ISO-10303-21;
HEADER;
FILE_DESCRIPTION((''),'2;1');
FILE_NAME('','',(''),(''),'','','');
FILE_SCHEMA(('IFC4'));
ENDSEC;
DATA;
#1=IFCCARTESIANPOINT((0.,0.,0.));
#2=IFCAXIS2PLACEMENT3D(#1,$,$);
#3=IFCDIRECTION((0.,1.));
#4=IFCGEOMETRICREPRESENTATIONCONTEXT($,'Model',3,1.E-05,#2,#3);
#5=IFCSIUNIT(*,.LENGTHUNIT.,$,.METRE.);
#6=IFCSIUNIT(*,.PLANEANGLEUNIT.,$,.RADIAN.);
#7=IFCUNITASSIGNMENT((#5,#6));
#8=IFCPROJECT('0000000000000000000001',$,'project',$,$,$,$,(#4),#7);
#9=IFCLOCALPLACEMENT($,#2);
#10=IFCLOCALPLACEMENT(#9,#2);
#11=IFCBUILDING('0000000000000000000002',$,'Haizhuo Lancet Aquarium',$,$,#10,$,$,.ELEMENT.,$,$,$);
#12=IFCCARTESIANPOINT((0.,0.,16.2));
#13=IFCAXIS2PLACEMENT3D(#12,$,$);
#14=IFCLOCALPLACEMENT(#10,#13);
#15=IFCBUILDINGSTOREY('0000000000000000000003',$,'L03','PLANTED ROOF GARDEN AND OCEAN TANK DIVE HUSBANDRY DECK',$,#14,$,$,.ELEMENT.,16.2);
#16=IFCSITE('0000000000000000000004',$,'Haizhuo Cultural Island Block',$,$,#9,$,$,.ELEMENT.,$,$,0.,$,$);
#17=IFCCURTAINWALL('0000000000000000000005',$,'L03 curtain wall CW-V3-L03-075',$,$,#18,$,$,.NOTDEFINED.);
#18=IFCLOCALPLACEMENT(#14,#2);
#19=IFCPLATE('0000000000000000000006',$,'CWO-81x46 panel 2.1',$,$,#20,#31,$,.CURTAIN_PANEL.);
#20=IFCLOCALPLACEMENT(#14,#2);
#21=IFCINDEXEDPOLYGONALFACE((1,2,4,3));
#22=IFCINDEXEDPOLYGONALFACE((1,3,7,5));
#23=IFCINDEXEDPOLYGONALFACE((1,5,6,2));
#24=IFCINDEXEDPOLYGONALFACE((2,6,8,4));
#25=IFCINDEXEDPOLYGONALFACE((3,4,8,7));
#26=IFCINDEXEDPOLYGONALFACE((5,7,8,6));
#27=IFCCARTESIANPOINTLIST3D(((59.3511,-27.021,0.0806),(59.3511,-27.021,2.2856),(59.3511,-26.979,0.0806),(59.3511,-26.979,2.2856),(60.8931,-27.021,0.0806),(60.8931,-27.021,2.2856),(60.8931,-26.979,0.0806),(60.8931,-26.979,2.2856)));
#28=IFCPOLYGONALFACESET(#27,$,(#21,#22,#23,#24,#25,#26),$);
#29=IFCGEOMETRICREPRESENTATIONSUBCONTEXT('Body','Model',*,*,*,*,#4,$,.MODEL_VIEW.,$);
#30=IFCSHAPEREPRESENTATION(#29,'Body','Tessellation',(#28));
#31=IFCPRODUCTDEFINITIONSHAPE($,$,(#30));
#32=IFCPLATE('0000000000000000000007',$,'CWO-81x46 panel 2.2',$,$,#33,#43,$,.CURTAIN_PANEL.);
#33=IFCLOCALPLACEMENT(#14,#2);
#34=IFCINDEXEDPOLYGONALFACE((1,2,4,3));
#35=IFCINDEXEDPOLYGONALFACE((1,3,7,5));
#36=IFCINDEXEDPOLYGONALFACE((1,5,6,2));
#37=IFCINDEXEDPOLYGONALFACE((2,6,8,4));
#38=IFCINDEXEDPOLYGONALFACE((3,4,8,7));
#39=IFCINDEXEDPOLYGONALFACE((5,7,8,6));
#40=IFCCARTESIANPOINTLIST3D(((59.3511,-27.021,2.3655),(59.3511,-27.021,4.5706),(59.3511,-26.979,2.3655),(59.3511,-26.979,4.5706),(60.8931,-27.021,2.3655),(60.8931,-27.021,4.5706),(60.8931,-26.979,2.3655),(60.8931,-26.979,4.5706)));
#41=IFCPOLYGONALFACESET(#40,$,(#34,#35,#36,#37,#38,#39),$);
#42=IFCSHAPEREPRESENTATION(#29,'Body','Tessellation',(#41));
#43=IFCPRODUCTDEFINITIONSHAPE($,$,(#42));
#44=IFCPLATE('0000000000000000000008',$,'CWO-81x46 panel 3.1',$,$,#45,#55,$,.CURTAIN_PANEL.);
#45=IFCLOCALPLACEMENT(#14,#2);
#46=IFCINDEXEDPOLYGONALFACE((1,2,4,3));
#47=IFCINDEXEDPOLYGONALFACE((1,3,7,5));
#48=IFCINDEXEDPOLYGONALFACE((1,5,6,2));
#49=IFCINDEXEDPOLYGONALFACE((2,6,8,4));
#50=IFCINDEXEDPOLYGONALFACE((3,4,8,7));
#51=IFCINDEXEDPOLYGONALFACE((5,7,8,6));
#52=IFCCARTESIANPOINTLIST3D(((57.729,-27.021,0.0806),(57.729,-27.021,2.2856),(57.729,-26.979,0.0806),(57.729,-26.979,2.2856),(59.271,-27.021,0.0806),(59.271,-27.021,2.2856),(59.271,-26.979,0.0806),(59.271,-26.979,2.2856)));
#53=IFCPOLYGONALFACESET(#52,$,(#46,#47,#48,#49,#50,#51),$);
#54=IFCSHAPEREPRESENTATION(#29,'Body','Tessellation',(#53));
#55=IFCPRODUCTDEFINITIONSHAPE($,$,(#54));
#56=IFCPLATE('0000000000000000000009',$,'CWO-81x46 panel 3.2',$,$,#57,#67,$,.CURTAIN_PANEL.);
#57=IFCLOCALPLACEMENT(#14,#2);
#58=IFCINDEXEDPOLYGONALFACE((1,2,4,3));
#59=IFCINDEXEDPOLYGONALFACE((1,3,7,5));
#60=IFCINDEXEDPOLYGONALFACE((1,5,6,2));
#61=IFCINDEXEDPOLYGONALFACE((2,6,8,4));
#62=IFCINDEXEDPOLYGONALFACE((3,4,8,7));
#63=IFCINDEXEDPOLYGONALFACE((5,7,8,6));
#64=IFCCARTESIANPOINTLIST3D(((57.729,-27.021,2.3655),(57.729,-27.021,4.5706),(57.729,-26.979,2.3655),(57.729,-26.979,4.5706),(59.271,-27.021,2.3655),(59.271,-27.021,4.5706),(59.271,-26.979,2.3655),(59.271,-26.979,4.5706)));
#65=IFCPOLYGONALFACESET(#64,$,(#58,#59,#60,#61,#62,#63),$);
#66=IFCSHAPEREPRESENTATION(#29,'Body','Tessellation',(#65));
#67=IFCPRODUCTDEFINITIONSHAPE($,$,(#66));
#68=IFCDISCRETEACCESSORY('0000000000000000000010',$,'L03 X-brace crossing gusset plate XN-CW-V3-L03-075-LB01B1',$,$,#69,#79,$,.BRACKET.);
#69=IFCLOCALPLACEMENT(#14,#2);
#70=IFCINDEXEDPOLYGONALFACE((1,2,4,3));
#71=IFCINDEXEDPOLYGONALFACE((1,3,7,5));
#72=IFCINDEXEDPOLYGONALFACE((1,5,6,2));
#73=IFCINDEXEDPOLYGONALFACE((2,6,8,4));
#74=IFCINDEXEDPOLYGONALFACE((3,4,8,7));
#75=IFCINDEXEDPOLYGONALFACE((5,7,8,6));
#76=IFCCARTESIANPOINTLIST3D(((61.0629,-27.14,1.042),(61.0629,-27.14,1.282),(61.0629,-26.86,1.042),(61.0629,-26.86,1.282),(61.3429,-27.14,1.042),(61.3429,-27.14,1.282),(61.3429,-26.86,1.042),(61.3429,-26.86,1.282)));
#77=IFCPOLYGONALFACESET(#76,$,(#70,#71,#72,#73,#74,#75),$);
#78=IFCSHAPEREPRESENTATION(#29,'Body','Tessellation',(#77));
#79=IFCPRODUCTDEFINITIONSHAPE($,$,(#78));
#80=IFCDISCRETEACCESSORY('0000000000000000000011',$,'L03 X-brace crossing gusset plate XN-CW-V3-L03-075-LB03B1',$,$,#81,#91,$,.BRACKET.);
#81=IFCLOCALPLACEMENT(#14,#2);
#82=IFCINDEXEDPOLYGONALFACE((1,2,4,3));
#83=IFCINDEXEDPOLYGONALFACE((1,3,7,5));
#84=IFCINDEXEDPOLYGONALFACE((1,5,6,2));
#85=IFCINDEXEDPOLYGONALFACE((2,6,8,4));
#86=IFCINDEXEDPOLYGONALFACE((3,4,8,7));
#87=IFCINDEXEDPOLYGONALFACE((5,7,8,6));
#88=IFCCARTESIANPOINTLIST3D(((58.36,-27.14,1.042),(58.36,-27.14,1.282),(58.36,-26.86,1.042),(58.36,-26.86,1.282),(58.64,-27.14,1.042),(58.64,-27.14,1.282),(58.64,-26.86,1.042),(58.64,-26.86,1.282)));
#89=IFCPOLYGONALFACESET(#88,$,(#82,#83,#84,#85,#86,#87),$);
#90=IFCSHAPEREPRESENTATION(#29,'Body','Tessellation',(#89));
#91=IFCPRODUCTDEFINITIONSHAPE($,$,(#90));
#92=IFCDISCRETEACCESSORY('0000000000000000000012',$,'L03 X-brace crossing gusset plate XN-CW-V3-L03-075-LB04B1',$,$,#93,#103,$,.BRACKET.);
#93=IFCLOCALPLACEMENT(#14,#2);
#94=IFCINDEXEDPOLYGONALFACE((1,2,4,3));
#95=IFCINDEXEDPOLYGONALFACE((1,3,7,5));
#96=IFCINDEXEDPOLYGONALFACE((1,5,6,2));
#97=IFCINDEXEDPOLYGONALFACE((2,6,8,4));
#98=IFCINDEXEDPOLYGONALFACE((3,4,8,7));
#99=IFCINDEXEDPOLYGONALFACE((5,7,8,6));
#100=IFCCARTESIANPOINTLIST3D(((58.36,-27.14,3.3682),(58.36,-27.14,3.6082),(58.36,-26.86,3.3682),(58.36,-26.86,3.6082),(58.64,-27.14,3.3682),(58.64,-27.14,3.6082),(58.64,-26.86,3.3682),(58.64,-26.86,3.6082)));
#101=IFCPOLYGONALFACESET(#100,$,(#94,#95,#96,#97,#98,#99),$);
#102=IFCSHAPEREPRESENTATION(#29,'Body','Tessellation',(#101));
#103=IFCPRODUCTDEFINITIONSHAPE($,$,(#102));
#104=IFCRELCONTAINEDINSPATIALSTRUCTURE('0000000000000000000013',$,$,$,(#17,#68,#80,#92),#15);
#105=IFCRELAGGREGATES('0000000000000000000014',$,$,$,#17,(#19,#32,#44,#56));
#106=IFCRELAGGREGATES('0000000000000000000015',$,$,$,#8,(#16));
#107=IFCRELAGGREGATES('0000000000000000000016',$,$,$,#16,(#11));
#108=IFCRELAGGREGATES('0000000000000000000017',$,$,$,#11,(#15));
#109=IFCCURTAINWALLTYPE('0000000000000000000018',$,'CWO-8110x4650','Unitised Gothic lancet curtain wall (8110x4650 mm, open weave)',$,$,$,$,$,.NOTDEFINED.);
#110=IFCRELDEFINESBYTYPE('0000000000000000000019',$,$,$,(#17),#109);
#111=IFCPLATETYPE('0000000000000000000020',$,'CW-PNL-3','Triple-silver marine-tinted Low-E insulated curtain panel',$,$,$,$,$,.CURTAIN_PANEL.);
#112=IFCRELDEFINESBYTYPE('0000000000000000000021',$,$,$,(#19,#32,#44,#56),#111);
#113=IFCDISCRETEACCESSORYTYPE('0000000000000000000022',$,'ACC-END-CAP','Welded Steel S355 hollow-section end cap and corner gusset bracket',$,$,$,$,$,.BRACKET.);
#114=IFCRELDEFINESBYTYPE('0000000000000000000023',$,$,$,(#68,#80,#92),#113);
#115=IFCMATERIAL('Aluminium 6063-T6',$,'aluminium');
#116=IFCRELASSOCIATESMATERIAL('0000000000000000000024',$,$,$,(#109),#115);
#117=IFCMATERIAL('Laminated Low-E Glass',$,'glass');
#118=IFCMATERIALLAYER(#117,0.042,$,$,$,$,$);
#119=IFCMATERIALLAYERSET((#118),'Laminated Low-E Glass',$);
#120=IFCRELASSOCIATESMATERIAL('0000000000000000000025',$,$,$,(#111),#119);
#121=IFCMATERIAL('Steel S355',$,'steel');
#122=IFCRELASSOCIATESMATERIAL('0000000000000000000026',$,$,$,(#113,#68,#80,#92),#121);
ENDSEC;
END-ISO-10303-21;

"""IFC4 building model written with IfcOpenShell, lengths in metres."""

from ifc_helpers import new_model, si_unit, direction, frame, origin, origin_2d, place, context, subcontext, project, spatial, rectangle, extrude, material, layer, layer_set, type_object, element, aggregate, save


model = new_model("IFC4")

# Units and contexts
model_context = context("Model", 3, precision=1e-05, world=origin(), true_north=direction((0.0, 1.0)))
body_context = subcontext(model_context, "Body", "Model", "MODEL_VIEW")
ifc_project = project(units=[si_unit("LENGTHUNIT", "METRE"), si_unit("PLANEANGLEUNIT", "RADIAN")], contexts=[model_context])

# Site, building, storey
site_placement = place(None, origin())
site = spatial("IfcSite", under=ifc_project, at=site_placement, Name="Haizhuo Cultural Island Block", CompositionType="ELEMENT", RefElevation=0.0)
building_placement = place(site_placement, origin())
building = spatial("IfcBuilding", under=site, at=building_placement, Name="Haizhuo Lancet Aquarium", CompositionType="ELEMENT")
storey_placement = place(building_placement, frame((0.0, 0.0, 16.2)))
storey = spatial("IfcBuildingStorey", under=building, at=storey_placement, Name="L03", Description="PLANTED ROOF GARDEN AND OCEAN TANK DIVE HUSBANDRY DECK", CompositionType="ELEMENT", Elevation=16.2)

# Curtain wall
ifc_material_1 = material(Name="Aluminium 6063-T6", Category="aluminium")
curtain_wall_type = type_object("IfcCurtainWallType", Name="CWO-8110x4650", Description="Unitised Gothic lancet curtain wall (8110x4650 mm, open weave)", PredefinedType="NOTDEFINED", material=ifc_material_1)
curtain_wall_placement = place(storey_placement, origin())
curtain_wall = element("IfcCurtainWall", 1, at=curtain_wall_placement, inside=storey, type_object=curtain_wall_type, Name="L03 curtain wall CW-V3-L03-075", PredefinedType="NOTDEFINED")

# Shared definitions
ifc_material_2 = material(Name="Steel S355", Category="steel")

# Plates
ifc_material_3 = material(Name="Laminated Low-E Glass", Category="glass")
ifc_layer = layer(ifc_material_3, 0.042)
ifc_layer_set = layer_set([ifc_layer], Name="Laminated Low-E Glass")
plate_type = type_object("IfcPlateType", Name="CW-PNL-3", Description="Triple-silver marine-tinted Low-E insulated curtain panel", PredefinedType="CURTAIN_PANEL", material=ifc_layer_set)
plate_1_placement = place(storey_placement, frame((60.1221, -27.0, 0.0806), z_axis=(0.0, 0.0, 1.0), x_axis=(-1.0, 0.0, 0.0)))
plate_1 = element("IfcPlate", 2, at=plate_1_placement, type_object=plate_type, Name="CWO-81x46 panel 2.1", PredefinedType="CURTAIN_PANEL", context=body_context, shape_type="SweptSolid", body=[
    extrude(rectangle(XDim=1.542, YDim=0.042, at=origin_2d()), origin(), (0.0, 0.0, 1.0), 2.2051),
])
plate_2_placement = place(storey_placement, frame((60.1221, -27.0, 2.3655), z_axis=(0.0, 0.0, 1.0), x_axis=(-1.0, 0.0, 0.0)))
plate_2 = element("IfcPlate", 3, at=plate_2_placement, type_object=plate_type, Name="CWO-81x46 panel 2.2", PredefinedType="CURTAIN_PANEL", context=body_context, shape_type="SweptSolid", body=[
    extrude(rectangle(XDim=1.542, YDim=0.042, at=origin_2d()), origin(), (0.0, 0.0, 1.0), 2.2051),
])
plate_3_placement = place(storey_placement, frame((58.5, -27.0, 0.0806), z_axis=(0.0, 0.0, 1.0), x_axis=(-1.0, 0.0, 0.0)))
plate_3 = element("IfcPlate", 4, at=plate_3_placement, type_object=plate_type, Name="CWO-81x46 panel 3.1", PredefinedType="CURTAIN_PANEL", context=body_context, shape_type="SweptSolid", body=[
    extrude(rectangle(XDim=1.542, YDim=0.042, at=origin_2d()), origin(), (0.0, 0.0, 1.0), 2.2051),
])
plate_4_placement = place(storey_placement, frame((58.5, -27.0, 2.3655), z_axis=(0.0, 0.0, 1.0), x_axis=(-1.0, 0.0, 0.0)))
plate_4 = element("IfcPlate", 5, at=plate_4_placement, type_object=plate_type, Name="CWO-81x46 panel 3.2", PredefinedType="CURTAIN_PANEL", context=body_context, shape_type="SweptSolid", body=[
    extrude(rectangle(XDim=1.542, YDim=0.042, at=origin_2d()), origin(), (0.0, 0.0, 1.0), 2.2051),
])
aggregate(curtain_wall, [plate_1, plate_2, plate_3, plate_4])

# Discrete accessories
discrete_accessory_type = type_object("IfcDiscreteAccessoryType", Name="ACC-END-CAP", Description="Welded Steel S355 hollow-section end cap and corner gusset bracket", PredefinedType="BRACKET", material=ifc_material_2)
for number, where, z_axis, x_axis, name in (
    (6, (61.2029, -27.0, 1.042), (0.0, 0.0, 1.0), (1.0, 0.0, 0.0), "L03 X-brace crossing gusset plate XN-CW-V3-L03-075-LB01B1"),
    (7, (58.5, -27.0, 1.042), (0.0, 0.0, 1.0), (1.0, 0.0, 0.0), "L03 X-brace crossing gusset plate XN-CW-V3-L03-075-LB03B1"),
    (8, (58.5, -27.0, 3.3682), (0.0, 0.0, 1.0), (1.0, 0.0, 0.0), "L03 X-brace crossing gusset plate XN-CW-V3-L03-075-LB04B1"),
):
    element("IfcDiscreteAccessory", number, at=place(storey_placement, frame(where, z_axis=z_axis, x_axis=x_axis)), inside=storey, type_object=discrete_accessory_type, material=ifc_material_2, Name=name, PredefinedType="BRACKET", context=body_context, shape_type="SweptSolid", body=[
        extrude(rectangle(XDim=0.28, YDim=0.28, at=origin_2d()), origin(), (0.0, 0.0, 1.0), 0.24),
    ])

save(model, "model.ifc")
